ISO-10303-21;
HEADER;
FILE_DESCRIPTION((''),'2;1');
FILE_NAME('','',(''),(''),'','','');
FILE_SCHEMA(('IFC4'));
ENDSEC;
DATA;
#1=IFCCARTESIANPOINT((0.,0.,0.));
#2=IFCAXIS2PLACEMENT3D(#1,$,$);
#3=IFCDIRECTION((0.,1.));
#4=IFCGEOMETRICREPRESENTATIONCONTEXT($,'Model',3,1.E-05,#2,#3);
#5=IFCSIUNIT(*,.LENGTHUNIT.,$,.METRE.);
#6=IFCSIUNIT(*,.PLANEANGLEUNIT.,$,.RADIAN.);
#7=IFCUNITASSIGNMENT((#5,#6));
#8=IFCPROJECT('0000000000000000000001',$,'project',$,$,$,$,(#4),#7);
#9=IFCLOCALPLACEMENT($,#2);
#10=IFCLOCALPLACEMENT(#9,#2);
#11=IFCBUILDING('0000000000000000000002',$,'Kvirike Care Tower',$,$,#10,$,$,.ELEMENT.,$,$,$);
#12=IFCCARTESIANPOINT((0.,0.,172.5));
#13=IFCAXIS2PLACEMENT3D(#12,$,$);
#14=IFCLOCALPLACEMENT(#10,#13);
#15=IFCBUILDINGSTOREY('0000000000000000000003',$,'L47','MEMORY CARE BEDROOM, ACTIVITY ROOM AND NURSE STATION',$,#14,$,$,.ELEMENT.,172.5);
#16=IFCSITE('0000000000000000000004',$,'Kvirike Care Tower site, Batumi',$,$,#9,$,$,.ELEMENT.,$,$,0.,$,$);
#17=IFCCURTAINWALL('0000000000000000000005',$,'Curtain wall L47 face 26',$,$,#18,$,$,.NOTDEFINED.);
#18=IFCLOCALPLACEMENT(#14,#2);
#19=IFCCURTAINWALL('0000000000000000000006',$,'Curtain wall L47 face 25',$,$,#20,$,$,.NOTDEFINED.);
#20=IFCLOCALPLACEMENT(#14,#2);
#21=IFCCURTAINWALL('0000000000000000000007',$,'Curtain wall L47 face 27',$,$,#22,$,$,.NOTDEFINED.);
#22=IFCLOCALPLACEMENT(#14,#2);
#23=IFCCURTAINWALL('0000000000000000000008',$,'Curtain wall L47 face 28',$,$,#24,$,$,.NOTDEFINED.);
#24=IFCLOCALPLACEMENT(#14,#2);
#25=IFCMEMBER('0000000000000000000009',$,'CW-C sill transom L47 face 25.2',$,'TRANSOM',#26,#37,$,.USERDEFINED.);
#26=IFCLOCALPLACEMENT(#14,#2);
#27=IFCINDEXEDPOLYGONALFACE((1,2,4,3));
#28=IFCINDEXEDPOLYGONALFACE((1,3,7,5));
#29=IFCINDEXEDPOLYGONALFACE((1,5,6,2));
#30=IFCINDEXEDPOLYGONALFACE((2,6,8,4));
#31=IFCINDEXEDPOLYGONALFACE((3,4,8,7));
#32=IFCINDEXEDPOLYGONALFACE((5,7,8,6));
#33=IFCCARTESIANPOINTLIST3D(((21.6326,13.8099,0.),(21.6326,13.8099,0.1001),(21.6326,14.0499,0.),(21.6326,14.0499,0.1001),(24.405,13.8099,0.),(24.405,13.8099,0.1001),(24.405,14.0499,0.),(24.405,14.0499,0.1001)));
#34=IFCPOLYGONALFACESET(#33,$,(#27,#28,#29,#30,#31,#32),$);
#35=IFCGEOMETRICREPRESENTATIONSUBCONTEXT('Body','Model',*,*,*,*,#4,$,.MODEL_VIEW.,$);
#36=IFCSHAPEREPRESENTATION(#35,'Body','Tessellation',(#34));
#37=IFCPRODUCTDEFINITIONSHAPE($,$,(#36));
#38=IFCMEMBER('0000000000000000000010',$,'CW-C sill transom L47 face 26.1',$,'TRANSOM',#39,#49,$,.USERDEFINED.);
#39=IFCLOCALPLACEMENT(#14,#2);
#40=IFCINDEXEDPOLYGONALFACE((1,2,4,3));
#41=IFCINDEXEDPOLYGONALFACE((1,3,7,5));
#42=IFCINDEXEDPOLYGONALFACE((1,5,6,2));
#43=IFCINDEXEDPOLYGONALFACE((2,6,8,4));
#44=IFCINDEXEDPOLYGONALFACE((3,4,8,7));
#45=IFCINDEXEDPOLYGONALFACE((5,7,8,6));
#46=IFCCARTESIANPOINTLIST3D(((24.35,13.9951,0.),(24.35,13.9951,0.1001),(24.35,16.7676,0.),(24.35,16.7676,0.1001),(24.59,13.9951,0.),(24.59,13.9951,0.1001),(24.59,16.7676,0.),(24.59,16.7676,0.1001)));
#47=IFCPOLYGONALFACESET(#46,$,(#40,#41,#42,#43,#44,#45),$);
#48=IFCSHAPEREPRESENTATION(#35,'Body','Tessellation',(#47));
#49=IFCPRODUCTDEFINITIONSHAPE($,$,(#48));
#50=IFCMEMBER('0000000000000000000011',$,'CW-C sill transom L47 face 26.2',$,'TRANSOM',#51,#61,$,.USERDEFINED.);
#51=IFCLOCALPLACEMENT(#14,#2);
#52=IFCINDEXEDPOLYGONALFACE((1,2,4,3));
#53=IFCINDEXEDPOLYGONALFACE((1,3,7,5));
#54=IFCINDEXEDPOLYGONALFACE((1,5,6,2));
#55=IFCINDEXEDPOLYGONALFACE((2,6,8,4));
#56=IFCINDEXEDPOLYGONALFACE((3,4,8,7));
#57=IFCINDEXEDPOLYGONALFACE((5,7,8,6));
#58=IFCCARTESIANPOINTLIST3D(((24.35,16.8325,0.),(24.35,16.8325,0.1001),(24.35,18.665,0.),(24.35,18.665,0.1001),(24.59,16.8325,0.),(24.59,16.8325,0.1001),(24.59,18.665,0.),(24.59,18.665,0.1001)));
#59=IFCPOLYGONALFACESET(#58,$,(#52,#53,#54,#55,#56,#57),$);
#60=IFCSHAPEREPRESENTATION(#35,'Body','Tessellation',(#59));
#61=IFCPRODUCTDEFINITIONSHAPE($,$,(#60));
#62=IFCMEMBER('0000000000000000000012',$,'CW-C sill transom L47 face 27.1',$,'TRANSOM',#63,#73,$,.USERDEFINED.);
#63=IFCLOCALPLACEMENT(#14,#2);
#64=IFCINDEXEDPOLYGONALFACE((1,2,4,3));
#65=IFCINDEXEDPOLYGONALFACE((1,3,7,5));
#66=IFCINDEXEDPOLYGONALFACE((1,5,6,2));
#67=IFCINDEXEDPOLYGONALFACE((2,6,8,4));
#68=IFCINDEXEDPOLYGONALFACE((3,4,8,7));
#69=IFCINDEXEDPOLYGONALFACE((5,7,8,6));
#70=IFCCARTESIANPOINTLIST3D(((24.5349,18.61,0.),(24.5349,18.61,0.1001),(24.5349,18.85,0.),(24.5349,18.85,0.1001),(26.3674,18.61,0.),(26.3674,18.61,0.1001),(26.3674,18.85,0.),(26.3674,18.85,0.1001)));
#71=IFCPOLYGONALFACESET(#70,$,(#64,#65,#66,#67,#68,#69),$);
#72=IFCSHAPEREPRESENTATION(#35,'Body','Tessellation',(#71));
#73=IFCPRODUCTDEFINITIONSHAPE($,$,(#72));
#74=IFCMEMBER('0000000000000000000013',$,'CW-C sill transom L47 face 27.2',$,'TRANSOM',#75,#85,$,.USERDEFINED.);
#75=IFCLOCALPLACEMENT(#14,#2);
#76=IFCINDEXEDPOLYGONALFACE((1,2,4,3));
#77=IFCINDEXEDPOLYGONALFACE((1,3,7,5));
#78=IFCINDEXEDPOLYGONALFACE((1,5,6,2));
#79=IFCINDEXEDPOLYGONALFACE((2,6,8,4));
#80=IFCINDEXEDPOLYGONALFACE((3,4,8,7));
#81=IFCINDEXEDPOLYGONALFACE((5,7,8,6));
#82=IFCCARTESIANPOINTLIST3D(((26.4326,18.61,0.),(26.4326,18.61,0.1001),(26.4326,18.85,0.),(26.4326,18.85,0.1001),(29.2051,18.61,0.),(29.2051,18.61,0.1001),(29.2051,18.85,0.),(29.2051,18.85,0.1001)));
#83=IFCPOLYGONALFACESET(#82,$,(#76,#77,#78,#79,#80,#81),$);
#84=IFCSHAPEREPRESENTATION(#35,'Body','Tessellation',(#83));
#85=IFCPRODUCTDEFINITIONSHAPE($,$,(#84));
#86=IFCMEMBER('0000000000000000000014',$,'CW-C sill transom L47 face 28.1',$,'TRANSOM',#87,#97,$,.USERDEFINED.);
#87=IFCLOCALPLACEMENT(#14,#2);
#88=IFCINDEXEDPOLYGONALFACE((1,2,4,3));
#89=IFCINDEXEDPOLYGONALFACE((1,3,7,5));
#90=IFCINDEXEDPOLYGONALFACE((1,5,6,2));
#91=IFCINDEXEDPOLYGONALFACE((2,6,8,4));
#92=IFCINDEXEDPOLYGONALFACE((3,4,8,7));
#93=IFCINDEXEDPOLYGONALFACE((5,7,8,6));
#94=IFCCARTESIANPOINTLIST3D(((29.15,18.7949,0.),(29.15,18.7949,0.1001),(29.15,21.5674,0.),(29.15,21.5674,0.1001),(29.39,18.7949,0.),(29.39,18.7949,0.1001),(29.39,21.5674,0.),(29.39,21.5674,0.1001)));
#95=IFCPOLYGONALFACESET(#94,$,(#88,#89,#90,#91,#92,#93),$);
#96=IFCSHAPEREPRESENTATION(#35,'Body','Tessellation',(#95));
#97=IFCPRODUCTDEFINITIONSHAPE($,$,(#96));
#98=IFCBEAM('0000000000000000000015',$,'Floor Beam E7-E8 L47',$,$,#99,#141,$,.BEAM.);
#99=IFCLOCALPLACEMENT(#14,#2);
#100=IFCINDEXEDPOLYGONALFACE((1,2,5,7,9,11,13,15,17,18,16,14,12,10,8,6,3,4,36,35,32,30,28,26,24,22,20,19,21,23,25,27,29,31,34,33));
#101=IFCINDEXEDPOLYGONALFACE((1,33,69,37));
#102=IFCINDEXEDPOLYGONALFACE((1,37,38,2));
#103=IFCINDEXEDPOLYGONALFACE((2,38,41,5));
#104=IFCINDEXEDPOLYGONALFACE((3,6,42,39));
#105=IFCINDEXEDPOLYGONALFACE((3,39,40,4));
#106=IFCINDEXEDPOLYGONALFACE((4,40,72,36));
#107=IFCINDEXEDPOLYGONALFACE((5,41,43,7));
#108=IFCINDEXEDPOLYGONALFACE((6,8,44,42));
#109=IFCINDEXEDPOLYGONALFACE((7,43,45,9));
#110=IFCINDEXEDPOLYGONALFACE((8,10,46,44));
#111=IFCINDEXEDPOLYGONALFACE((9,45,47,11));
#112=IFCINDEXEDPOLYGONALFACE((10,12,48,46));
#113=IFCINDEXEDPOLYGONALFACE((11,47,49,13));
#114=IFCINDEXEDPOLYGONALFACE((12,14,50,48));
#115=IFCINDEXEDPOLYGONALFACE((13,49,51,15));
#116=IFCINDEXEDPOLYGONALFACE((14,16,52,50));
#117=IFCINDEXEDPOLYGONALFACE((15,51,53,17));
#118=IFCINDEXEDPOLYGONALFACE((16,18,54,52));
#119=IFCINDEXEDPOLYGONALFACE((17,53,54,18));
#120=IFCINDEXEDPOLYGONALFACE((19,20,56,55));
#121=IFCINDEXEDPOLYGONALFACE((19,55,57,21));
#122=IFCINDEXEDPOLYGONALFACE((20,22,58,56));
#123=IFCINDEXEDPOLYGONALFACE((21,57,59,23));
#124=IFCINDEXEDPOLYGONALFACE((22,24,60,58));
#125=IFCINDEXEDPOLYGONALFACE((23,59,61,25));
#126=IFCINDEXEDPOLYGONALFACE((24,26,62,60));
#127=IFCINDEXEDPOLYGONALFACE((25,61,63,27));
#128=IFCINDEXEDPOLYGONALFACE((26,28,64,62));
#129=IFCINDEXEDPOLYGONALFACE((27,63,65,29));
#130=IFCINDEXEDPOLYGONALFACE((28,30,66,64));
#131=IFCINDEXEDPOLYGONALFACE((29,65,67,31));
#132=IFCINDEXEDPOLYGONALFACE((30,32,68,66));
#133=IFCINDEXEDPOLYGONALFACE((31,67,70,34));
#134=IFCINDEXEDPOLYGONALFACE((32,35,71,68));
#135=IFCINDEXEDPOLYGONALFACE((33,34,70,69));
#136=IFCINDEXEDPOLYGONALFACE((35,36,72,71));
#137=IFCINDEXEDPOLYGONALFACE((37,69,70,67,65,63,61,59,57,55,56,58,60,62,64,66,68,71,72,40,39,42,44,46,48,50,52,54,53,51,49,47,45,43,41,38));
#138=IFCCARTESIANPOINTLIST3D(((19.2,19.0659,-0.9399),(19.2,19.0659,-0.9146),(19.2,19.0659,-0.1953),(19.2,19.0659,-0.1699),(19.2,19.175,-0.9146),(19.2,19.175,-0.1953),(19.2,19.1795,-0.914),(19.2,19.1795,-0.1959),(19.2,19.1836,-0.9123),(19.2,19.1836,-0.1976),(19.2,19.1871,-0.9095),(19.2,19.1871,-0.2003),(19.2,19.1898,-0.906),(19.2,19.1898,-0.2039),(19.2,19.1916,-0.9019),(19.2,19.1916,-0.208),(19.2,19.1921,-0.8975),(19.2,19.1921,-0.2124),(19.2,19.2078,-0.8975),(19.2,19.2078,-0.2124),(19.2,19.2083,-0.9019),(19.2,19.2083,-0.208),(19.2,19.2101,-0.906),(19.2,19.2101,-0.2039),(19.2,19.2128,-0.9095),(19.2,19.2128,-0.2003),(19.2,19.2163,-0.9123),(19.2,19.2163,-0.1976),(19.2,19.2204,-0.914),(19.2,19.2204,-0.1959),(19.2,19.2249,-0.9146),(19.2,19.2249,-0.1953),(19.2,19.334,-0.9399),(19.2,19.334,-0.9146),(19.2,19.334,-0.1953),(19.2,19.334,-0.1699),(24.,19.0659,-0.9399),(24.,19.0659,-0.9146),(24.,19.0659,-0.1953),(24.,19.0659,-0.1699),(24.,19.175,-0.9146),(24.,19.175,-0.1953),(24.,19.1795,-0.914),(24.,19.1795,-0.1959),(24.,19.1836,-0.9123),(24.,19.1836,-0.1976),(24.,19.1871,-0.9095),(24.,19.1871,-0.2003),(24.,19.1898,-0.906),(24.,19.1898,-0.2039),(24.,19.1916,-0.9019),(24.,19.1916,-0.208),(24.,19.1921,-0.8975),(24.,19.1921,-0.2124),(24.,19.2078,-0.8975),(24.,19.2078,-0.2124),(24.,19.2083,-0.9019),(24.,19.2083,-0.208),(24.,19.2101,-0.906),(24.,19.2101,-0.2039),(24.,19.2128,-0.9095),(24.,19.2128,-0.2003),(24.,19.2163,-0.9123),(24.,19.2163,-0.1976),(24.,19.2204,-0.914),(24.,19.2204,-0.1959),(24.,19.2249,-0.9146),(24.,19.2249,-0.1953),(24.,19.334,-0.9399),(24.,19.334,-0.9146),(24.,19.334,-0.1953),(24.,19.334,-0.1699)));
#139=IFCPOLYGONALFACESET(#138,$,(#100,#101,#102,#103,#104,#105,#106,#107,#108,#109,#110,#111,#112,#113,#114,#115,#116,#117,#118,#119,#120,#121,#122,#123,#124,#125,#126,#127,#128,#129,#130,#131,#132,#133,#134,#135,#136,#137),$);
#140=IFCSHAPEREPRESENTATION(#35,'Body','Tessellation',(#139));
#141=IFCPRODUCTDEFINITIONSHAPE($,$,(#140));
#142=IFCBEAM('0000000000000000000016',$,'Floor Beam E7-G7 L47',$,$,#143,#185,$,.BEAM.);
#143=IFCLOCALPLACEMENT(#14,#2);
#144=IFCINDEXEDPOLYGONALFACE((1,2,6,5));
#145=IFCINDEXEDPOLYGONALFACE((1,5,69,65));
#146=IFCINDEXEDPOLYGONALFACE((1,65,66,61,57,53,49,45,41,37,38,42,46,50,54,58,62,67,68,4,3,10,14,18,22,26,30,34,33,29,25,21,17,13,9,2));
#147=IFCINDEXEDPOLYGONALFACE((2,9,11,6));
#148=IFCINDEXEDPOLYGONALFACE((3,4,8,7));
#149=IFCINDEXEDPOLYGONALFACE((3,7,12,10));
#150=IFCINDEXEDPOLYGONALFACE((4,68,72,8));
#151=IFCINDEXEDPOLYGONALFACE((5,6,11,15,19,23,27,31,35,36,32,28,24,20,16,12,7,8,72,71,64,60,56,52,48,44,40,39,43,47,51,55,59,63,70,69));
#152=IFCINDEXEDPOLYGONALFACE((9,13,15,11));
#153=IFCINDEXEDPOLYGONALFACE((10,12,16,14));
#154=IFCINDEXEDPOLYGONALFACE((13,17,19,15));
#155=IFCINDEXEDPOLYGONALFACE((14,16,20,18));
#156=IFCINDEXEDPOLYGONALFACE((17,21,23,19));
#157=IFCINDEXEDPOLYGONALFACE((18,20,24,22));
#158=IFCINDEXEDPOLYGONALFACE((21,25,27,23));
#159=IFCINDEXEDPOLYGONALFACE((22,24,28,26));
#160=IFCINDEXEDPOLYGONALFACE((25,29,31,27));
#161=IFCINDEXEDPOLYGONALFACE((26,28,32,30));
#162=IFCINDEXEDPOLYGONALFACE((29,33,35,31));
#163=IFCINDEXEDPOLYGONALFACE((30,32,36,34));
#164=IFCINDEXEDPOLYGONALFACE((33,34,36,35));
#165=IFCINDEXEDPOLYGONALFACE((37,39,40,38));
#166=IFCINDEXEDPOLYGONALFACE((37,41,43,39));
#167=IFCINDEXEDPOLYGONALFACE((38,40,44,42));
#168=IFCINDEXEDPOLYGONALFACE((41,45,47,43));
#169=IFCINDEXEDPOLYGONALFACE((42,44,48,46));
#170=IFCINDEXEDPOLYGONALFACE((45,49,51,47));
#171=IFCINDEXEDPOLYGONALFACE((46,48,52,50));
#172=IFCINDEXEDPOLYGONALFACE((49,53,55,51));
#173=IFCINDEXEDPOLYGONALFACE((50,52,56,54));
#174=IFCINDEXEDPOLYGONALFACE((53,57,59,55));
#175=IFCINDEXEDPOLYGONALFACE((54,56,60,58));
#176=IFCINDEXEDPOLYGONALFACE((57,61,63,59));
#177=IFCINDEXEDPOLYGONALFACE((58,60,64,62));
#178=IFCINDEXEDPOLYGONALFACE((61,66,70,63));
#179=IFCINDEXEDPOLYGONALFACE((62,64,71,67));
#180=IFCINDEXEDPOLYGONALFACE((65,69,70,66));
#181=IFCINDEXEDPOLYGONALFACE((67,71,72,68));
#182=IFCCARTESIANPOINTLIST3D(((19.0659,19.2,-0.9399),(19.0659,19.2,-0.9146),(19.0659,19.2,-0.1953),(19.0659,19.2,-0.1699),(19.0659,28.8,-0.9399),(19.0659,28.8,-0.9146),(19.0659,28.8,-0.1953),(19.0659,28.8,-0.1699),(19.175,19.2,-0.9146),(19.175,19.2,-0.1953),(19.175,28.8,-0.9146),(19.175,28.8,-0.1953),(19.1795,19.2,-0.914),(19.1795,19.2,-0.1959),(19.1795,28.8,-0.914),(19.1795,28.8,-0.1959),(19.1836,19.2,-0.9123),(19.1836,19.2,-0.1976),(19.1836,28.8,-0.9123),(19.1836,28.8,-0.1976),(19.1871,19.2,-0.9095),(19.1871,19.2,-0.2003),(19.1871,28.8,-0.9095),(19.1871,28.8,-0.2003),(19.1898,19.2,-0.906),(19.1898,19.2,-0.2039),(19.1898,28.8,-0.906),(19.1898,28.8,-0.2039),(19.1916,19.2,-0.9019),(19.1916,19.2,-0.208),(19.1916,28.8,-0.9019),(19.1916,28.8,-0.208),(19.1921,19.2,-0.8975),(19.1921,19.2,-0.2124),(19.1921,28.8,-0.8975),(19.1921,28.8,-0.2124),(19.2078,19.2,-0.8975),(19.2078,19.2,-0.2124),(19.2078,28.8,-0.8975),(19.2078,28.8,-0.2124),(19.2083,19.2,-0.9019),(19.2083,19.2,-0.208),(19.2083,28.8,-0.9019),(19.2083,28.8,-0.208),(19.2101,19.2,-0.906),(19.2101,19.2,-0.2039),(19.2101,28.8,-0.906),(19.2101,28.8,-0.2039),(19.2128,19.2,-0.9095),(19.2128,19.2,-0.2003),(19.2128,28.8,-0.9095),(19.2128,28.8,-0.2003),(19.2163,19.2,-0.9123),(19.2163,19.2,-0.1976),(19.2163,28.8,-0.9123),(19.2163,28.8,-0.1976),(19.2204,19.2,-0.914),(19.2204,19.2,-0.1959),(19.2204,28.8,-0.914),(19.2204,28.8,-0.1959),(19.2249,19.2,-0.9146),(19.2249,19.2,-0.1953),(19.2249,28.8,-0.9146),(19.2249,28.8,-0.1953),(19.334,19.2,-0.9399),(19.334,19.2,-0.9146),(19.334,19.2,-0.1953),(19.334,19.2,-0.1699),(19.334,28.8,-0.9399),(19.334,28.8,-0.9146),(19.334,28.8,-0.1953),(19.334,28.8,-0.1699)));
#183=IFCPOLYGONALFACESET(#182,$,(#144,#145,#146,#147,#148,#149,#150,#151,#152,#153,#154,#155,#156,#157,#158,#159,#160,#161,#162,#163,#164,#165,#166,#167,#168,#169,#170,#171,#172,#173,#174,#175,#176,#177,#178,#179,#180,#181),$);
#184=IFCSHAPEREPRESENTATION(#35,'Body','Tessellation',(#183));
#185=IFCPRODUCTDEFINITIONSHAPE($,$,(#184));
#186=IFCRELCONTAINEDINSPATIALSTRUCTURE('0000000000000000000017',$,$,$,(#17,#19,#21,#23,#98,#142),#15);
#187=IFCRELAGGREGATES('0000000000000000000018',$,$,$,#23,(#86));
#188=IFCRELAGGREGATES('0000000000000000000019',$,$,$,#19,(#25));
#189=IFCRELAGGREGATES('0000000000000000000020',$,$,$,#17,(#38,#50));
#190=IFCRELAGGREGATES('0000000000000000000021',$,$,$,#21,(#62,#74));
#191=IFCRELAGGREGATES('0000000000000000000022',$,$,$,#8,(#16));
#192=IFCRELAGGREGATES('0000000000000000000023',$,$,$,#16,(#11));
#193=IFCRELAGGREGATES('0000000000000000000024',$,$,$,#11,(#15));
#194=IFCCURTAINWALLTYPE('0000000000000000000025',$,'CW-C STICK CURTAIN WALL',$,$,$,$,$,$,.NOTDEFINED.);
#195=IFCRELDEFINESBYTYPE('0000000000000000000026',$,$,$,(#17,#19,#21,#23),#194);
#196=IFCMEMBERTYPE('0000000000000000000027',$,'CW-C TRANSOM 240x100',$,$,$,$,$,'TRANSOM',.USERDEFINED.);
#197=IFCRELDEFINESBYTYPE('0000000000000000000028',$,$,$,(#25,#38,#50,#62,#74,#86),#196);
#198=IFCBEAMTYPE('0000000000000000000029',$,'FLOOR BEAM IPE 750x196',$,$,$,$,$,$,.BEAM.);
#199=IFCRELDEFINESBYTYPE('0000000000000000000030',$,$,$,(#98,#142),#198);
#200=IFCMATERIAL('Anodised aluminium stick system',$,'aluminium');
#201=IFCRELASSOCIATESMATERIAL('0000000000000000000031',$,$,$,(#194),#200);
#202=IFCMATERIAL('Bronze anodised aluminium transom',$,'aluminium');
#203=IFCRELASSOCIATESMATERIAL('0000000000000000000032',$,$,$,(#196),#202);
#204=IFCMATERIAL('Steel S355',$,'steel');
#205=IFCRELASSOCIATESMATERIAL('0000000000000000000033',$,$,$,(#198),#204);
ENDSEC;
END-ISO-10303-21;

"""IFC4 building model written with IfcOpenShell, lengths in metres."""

from ifc_helpers import new_model, si_unit, direction, frame, origin, origin_2d, place, context, subcontext, project, spatial, rectangle, i_section, extrude, material, material_profile, profile_set, type_object, element, aggregate, save


model = new_model("IFC4")

# Units and contexts
model_context = context("Model", 3, precision=1e-05, world=origin(), true_north=direction((0.0, 1.0)))
body_context = subcontext(model_context, "Body", "Model", "MODEL_VIEW")
ifc_project = project(units=[si_unit("LENGTHUNIT", "METRE"), si_unit("PLANEANGLEUNIT", "RADIAN")], contexts=[model_context])

# Site, building, storey
site_placement = place(None, origin())
site = spatial("IfcSite", under=ifc_project, at=site_placement, Name="Kvirike Care Tower site, Batumi", CompositionType="ELEMENT", RefElevation=0.0)
building_placement = place(site_placement, origin())
building = spatial("IfcBuilding", under=site, at=building_placement, Name="Kvirike Care Tower", CompositionType="ELEMENT")
storey_placement = place(building_placement, frame((0.0, 0.0, 172.5)))
storey = spatial("IfcBuildingStorey", under=building, at=storey_placement, Name="L47", Description="MEMORY CARE BEDROOM, ACTIVITY ROOM AND NURSE STATION", CompositionType="ELEMENT", Elevation=172.5)

# Curtain wall
ifc_material_1 = material(Name="Anodised aluminium stick system", Category="aluminium")
curtain_wall_type = type_object("IfcCurtainWallType", Name="CW-C STICK CURTAIN WALL", PredefinedType="NOTDEFINED", material=ifc_material_1)
curtain_wall_1_placement = place(storey_placement, origin())
curtain_wall_1 = element("IfcCurtainWall", 1, at=curtain_wall_1_placement, inside=storey, type_object=curtain_wall_type, Name="Curtain wall L47 face 26", PredefinedType="NOTDEFINED")

# Curtain wall
curtain_wall_2_placement = place(storey_placement, origin())
curtain_wall_2 = element("IfcCurtainWall", 2, at=curtain_wall_2_placement, inside=storey, type_object=curtain_wall_type, Name="Curtain wall L47 face 25", PredefinedType="NOTDEFINED")

# Curtain wall
curtain_wall_3_placement = place(storey_placement, origin())
curtain_wall_3 = element("IfcCurtainWall", 3, at=curtain_wall_3_placement, inside=storey, type_object=curtain_wall_type, Name="Curtain wall L47 face 27", PredefinedType="NOTDEFINED")

# Curtain wall
curtain_wall_4_placement = place(storey_placement, origin())
curtain_wall_4 = element("IfcCurtainWall", 4, at=curtain_wall_4_placement, inside=storey, type_object=curtain_wall_type, Name="Curtain wall L47 face 28", PredefinedType="NOTDEFINED")

# Members
ifc_material_2 = material(Name="Bronze anodised aluminium transom", Category="aluminium")
ifc_material_profile_1 = material_profile(ifc_material_2, rectangle(XDim=0.24, YDim=0.1001, at=origin_2d()), Name="CW-C TRANSOM 240x100")
ifc_profile_set_1 = profile_set([ifc_material_profile_1], Name="Bronze anodised aluminium transom")
member_type_1 = type_object("IfcMemberType", Name="CW-C TRANSOM 240x100", ElementType="TRANSOM", PredefinedType="USERDEFINED", material=ifc_profile_set_1)
member_1_placement = place(storey_placement, frame((21.6326, 13.9299, 0.05), z_axis=(1.0, 0.0, 0.0), x_axis=(0.0, 1.0, 0.0)))
member_1 = element("IfcMember", 5, at=member_1_placement, type_object=member_type_1, Name="CW-C sill transom L47 face 25.2", ObjectType="TRANSOM", PredefinedType="USERDEFINED", context=body_context, shape_type="SweptSolid", body=[
    extrude(rectangle(XDim=0.24, YDim=0.1001, at=origin_2d()), origin(), (0.0, 0.0, 1.0), 2.7725),
])
member_2_placement = place(storey_placement, frame((24.47, 13.9951, 0.05), z_axis=(0.0, 1.0, 0.0), x_axis=(-1.0, 0.0, 0.0)))
member_2 = element("IfcMember", 6, at=member_2_placement, type_object=member_type_1, Name="CW-C sill transom L47 face 26.1", ObjectType="TRANSOM", PredefinedType="USERDEFINED", context=body_context, shape_type="SweptSolid", body=[
    extrude(rectangle(XDim=0.24, YDim=0.1001, at=origin_2d()), origin(), (0.0, 0.0, 1.0), 2.7725),
])
member_3_placement = place(storey_placement, frame((24.47, 16.8325, 0.05), z_axis=(0.0, 1.0, 0.0), x_axis=(-1.0, 0.0, 0.0)))
member_3 = element("IfcMember", 7, at=member_3_placement, type_object=member_type_1, Name="CW-C sill transom L47 face 26.2", ObjectType="TRANSOM", PredefinedType="USERDEFINED", context=body_context, shape_type="SweptSolid", body=[
    extrude(rectangle(XDim=0.24, YDim=0.1001, at=origin_2d()), origin(), (0.0, 0.0, 1.0), 1.8325),
])
member_4_placement = place(storey_placement, frame((24.5349, 18.73, 0.05), z_axis=(1.0, 0.0, 0.0), x_axis=(0.0, 1.0, 0.0)))
member_4 = element("IfcMember", 8, at=member_4_placement, type_object=member_type_1, Name="CW-C sill transom L47 face 27.1", ObjectType="TRANSOM", PredefinedType="USERDEFINED", context=body_context, shape_type="SweptSolid", body=[
    extrude(rectangle(XDim=0.24, YDim=0.1001, at=origin_2d()), origin(), (0.0, 0.0, 1.0), 1.8325),
])
member_5_placement = place(storey_placement, frame((26.4326, 18.73, 0.05), z_axis=(1.0, 0.0, 0.0), x_axis=(0.0, 1.0, 0.0)))
member_5 = element("IfcMember", 9, at=member_5_placement, type_object=member_type_1, Name="CW-C sill transom L47 face 27.2", ObjectType="TRANSOM", PredefinedType="USERDEFINED", context=body_context, shape_type="SweptSolid", body=[
    extrude(rectangle(XDim=0.24, YDim=0.1001, at=origin_2d()), origin(), (0.0, 0.0, 1.0), 2.7725),
])
member_6_placement = place(storey_placement, frame((29.27, 18.7949, 0.05), z_axis=(0.0, 1.0, 0.0), x_axis=(-1.0, 0.0, 0.0)))
member_6 = element("IfcMember", 10, at=member_6_placement, type_object=member_type_1, Name="CW-C sill transom L47 face 28.1", ObjectType="TRANSOM", PredefinedType="USERDEFINED", context=body_context, shape_type="SweptSolid", body=[
    extrude(rectangle(XDim=0.24, YDim=0.1001, at=origin_2d()), origin(), (0.0, 0.0, 1.0), 2.7725),
])
aggregate(curtain_wall_4, [member_6])

# Beams
ifc_material_3 = material(Name="Steel S355", Category="steel")
ifc_material_profile_2 = material_profile(ifc_material_3, i_section(OverallWidth=0.2681, OverallDepth=0.77, WebThickness=0.0156, FlangeThickness=0.0254, FilletRadius=0.0171, at=origin_2d()), Name="IPE 750x196")
ifc_profile_set_2 = profile_set([ifc_material_profile_2], Name="Steel S355")
beam_type_1 = type_object("IfcBeamType", Name="FLOOR BEAM IPE 750x196", PredefinedType="BEAM", material=ifc_profile_set_2)
beam_1_placement = place(storey_placement, frame((19.2, 19.2, -0.5549), z_axis=(1.0, 0.0, 0.0), x_axis=(0.0, 1.0, 0.0)))
element("IfcBeam", 11, at=beam_1_placement, inside=storey, type_object=beam_type_1, Name="Floor Beam E7-E8 L47", PredefinedType="BEAM", context=body_context, shape_type="SweptSolid", body=[
    extrude(i_section(OverallWidth=0.2681, OverallDepth=0.77, WebThickness=0.0156, FlangeThickness=0.0254, FilletRadius=0.0171, at=origin_2d()), origin(), (0.0, 0.0, 1.0), 4.8),
])
beam_2_placement = place(storey_placement, frame((19.2, 19.2, -0.5549), z_axis=(0.0, 1.0, 0.0), x_axis=(-1.0, 0.0, 0.0)))
element("IfcBeam", 12, at=beam_2_placement, inside=storey, type_object=beam_type_1, Name="Floor Beam E7-G7 L47", PredefinedType="BEAM", context=body_context, shape_type="SweptSolid", body=[
    extrude(i_section(OverallWidth=0.2681, OverallDepth=0.77, WebThickness=0.0156, FlangeThickness=0.0254, FilletRadius=0.0171, at=origin_2d()), origin(), (0.0, 0.0, 1.0), 9.6001),
])

aggregate(curtain_wall_2, [member_1])
aggregate(curtain_wall_1, [member_2, member_3])
aggregate(curtain_wall_3, [member_4, member_5])

save(model, "model.ifc")
